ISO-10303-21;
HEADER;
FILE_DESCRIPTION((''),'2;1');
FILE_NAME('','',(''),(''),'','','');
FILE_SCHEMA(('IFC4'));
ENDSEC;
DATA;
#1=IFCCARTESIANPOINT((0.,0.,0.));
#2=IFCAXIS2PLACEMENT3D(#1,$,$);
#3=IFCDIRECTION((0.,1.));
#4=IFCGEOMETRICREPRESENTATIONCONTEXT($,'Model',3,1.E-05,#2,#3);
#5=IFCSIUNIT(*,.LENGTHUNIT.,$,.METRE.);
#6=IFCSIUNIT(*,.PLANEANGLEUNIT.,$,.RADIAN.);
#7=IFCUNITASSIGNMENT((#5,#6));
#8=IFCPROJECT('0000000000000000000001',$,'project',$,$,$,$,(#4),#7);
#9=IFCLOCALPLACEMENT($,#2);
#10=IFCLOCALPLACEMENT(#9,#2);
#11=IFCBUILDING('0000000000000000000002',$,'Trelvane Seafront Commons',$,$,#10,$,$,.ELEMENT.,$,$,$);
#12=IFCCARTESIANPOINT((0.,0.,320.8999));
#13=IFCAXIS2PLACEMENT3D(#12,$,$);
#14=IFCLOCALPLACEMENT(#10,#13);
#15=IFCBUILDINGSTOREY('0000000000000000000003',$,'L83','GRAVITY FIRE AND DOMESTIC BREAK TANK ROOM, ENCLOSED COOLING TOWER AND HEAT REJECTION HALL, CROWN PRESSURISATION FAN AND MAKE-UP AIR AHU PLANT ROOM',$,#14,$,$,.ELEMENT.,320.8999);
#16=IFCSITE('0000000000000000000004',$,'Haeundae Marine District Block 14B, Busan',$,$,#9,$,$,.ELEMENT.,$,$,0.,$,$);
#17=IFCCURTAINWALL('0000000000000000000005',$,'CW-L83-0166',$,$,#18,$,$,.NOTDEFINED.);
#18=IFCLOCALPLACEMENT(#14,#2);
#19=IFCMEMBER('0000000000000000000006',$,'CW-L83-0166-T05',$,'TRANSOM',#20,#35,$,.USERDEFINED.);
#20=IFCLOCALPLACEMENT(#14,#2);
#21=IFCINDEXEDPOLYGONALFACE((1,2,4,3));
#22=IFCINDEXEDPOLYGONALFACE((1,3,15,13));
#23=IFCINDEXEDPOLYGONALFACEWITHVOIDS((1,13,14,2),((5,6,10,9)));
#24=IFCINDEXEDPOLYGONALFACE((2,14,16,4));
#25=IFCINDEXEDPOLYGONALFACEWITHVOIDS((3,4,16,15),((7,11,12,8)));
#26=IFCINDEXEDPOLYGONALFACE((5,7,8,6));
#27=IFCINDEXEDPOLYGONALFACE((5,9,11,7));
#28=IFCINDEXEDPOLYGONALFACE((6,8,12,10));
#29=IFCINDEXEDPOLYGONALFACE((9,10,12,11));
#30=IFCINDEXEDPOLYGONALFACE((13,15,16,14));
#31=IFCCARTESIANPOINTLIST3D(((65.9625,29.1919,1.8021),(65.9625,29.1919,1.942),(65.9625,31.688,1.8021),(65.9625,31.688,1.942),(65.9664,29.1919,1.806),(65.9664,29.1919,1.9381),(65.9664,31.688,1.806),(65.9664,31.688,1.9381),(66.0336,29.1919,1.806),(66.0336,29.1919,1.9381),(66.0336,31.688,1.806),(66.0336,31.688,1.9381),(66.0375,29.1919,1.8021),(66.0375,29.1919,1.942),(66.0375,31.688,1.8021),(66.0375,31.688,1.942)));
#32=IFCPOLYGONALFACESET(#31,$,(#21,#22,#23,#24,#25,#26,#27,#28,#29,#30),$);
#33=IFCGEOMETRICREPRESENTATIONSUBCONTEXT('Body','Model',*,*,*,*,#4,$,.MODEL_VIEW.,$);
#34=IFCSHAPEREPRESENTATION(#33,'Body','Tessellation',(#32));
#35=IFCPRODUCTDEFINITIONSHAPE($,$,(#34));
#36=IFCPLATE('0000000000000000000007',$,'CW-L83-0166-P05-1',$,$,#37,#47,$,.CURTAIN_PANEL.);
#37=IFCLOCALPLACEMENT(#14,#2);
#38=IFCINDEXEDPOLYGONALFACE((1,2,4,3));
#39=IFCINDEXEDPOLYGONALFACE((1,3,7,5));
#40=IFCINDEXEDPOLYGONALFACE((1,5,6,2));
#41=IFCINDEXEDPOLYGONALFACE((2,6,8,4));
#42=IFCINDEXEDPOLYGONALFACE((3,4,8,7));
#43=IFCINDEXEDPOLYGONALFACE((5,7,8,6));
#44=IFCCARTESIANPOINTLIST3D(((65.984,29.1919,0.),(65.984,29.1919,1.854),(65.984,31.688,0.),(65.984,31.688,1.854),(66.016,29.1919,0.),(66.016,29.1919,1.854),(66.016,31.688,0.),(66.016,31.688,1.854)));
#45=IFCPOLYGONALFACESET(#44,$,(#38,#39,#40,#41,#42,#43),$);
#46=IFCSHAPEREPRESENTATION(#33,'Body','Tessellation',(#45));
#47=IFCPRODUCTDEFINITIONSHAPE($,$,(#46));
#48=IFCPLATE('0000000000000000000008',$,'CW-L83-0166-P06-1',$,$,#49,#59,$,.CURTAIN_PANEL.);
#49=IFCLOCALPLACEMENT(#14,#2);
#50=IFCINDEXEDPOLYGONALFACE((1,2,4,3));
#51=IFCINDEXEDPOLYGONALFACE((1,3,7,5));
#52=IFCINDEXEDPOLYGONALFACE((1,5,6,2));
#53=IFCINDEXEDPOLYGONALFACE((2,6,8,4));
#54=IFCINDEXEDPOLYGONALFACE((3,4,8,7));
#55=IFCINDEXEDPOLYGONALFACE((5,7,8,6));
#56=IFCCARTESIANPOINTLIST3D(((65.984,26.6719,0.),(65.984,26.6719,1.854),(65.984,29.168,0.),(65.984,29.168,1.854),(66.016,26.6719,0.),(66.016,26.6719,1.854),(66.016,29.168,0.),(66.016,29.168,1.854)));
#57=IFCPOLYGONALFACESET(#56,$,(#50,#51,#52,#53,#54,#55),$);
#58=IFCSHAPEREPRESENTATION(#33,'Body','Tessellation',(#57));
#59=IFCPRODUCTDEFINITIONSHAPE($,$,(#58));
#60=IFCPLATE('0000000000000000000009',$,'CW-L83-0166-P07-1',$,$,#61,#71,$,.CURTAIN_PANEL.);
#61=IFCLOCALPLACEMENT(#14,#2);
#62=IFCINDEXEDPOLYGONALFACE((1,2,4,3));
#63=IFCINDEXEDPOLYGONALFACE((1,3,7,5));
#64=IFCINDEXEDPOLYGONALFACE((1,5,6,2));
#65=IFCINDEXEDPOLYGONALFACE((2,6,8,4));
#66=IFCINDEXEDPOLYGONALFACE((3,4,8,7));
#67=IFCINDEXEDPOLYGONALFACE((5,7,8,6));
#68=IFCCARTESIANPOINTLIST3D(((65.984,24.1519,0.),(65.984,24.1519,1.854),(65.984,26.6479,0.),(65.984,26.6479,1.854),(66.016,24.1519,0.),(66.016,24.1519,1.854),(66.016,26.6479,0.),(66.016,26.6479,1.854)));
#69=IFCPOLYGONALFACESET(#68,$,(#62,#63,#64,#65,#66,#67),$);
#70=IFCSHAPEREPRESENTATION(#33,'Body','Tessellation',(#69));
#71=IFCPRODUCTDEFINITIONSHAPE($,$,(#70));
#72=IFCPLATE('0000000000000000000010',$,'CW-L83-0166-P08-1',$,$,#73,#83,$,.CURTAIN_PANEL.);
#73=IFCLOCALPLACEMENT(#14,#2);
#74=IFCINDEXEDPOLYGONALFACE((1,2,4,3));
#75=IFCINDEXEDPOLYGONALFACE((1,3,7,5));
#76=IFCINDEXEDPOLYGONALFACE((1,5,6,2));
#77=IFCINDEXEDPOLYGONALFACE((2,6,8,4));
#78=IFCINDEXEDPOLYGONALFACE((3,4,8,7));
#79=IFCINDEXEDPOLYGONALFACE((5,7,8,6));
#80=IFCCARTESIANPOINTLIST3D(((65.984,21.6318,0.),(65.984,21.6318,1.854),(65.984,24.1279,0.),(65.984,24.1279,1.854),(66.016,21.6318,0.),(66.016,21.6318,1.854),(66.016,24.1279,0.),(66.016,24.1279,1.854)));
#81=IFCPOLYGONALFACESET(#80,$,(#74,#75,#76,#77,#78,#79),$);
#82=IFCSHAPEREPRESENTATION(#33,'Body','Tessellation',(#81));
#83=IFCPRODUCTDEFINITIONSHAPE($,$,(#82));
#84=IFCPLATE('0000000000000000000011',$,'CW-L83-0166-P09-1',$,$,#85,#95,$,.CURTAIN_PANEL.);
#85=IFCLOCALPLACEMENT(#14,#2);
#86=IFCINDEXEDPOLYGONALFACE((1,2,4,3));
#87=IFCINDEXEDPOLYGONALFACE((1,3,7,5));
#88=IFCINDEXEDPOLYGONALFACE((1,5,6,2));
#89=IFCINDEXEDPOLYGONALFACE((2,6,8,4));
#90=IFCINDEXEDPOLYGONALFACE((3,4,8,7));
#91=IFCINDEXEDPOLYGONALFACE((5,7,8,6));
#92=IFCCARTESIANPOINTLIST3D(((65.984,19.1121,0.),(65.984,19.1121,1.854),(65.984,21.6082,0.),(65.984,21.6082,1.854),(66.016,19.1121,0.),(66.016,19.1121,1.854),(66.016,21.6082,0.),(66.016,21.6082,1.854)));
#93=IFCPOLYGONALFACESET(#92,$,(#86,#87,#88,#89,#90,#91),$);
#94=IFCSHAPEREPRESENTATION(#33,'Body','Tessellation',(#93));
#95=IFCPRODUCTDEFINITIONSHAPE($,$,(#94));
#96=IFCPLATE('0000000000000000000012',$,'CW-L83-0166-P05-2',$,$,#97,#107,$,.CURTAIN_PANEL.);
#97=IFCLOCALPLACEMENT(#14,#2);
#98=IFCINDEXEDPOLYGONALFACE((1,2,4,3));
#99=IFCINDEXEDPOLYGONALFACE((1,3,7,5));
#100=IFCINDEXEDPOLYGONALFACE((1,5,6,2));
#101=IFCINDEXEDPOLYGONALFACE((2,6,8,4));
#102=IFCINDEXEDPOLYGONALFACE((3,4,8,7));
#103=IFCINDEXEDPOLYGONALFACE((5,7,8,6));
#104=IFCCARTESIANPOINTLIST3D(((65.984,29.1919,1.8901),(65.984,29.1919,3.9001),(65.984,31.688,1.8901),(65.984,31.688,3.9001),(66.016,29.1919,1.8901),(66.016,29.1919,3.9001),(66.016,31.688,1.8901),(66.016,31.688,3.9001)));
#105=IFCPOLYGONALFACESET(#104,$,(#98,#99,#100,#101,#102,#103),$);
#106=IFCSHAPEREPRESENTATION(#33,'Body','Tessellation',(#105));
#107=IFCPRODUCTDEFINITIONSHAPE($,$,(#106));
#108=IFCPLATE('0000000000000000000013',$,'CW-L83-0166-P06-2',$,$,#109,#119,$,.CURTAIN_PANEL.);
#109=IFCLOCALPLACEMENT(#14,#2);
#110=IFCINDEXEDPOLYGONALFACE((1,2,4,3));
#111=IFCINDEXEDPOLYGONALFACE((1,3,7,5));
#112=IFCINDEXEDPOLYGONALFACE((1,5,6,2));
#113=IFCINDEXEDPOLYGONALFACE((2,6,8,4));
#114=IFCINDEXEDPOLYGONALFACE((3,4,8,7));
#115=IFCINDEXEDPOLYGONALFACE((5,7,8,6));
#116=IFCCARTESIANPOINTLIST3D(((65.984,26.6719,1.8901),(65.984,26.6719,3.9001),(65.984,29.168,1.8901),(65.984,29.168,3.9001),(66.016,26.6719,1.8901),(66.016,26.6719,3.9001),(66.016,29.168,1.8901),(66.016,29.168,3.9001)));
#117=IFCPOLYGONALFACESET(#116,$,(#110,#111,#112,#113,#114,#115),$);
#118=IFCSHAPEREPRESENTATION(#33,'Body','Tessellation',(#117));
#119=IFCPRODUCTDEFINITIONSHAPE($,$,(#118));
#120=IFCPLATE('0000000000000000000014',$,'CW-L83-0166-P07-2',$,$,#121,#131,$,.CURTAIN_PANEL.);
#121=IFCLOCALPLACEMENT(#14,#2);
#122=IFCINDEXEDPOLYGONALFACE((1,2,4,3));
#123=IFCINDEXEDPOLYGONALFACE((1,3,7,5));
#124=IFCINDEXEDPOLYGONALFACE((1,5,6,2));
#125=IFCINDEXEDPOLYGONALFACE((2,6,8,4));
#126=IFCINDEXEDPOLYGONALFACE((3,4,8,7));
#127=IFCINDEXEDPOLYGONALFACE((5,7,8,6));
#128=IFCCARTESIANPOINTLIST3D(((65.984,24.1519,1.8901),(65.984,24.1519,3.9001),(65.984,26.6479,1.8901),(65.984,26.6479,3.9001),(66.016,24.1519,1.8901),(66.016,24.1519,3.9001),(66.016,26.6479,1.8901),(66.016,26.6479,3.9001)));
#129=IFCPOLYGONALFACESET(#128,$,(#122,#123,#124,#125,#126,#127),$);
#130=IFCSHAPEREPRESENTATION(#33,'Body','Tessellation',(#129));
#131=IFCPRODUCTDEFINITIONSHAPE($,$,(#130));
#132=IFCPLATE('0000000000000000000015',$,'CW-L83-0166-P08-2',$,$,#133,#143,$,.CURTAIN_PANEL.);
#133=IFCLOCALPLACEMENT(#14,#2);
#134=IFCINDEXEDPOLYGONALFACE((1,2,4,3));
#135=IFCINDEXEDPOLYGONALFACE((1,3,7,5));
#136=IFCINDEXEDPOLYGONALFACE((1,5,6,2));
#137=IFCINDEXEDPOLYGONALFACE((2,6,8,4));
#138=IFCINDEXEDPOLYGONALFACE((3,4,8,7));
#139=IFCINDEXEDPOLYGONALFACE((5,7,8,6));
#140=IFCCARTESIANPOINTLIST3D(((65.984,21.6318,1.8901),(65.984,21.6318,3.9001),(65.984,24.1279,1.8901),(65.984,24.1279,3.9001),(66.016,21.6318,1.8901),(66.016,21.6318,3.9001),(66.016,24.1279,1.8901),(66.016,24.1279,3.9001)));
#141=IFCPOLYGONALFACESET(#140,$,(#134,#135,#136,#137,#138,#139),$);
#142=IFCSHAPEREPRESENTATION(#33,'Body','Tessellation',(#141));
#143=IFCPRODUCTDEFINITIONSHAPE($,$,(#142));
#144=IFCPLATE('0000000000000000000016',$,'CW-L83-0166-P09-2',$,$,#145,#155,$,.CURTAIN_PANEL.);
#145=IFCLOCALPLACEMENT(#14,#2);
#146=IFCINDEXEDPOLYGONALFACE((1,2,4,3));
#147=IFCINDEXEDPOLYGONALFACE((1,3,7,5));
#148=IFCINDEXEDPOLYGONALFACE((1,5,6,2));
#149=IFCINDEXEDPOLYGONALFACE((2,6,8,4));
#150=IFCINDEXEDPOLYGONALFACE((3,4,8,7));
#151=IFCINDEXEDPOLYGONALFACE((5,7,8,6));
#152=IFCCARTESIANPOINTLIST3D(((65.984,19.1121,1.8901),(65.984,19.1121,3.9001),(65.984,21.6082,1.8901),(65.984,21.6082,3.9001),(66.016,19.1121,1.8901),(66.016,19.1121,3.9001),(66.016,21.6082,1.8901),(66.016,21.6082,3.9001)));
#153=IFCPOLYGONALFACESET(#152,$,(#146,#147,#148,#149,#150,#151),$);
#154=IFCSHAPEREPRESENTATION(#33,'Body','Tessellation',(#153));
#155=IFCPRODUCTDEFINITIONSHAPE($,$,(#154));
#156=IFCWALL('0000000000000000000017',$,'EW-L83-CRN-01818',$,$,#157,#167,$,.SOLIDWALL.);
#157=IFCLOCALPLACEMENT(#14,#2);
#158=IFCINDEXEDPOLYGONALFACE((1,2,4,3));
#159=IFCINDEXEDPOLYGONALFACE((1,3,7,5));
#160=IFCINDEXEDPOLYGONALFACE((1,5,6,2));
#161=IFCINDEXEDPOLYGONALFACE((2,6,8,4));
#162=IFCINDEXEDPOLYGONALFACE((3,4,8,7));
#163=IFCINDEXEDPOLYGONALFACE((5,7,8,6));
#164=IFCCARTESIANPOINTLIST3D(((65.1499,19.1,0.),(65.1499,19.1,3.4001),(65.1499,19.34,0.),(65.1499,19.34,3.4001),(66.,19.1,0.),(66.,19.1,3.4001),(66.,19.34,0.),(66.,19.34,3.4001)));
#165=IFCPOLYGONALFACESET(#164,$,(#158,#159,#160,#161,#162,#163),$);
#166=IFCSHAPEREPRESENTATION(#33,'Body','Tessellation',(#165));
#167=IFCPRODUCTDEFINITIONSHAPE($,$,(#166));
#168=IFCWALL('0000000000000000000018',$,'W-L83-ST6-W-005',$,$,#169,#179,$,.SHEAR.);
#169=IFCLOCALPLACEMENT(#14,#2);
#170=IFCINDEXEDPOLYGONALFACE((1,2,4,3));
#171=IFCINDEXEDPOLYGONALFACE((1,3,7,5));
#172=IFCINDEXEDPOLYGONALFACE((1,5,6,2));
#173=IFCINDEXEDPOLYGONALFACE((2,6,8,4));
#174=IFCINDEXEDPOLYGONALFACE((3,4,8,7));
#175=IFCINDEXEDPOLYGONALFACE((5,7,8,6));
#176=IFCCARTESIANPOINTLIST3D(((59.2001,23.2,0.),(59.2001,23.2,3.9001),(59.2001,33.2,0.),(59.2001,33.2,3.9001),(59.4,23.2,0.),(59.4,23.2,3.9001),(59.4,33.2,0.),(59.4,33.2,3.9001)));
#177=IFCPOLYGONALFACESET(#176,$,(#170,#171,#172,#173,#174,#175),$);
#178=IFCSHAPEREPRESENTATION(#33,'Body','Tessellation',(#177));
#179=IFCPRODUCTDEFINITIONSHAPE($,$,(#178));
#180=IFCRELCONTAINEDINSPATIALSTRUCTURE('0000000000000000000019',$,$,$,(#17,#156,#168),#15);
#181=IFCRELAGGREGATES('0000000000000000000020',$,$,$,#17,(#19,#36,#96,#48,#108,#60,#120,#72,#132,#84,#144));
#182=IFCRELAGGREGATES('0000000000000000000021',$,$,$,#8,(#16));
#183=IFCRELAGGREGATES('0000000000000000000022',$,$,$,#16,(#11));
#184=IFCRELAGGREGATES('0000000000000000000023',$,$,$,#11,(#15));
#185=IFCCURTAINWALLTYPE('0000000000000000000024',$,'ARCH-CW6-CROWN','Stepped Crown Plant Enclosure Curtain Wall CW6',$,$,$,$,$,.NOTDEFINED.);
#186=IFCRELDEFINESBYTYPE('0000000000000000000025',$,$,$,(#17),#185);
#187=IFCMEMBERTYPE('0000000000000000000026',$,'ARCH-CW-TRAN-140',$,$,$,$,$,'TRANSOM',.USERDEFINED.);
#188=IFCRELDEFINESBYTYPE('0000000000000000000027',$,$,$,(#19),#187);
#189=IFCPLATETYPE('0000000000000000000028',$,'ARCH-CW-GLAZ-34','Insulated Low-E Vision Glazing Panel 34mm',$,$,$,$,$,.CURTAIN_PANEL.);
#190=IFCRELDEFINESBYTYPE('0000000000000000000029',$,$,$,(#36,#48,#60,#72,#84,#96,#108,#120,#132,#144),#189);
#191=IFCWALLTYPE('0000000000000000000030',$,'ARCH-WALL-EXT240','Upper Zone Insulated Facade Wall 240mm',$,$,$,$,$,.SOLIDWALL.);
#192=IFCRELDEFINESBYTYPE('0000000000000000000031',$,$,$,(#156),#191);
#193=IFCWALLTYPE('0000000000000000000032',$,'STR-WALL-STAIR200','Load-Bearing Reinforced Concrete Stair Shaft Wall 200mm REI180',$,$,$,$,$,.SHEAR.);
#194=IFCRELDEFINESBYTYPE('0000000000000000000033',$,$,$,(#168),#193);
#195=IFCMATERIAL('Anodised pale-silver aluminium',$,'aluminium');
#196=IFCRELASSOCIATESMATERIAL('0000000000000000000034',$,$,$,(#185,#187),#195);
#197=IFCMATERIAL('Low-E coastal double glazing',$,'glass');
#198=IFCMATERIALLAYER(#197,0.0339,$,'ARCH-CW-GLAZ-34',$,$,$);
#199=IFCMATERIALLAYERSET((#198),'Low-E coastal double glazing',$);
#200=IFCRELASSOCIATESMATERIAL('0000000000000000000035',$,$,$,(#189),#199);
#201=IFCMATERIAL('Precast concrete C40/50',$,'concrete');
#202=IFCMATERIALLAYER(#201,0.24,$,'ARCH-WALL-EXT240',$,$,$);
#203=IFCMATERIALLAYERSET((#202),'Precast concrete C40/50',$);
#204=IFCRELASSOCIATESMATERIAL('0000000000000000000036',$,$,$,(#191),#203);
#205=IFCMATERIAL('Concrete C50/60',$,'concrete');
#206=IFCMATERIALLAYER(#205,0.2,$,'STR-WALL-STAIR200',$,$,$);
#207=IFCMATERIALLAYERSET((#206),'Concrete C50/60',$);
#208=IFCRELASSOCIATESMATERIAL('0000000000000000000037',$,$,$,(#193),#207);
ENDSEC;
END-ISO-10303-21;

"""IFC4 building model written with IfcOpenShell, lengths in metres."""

from ifc_helpers import new_model, si_unit, direction, frame, frame_2d, origin, origin_2d, place, context, subcontext, project, spatial, rectangle, hollow_rectangle, extrude, source, transform, mapped, material, layer, layer_set, material_profile, profile_set, type_object, element, aggregate, save


model = new_model("IFC4")

# Units and contexts
model_context = context("Model", 3, precision=1e-05, world=origin(), true_north=direction((0.0, 1.0)))
body_context = subcontext(model_context, "Body", "Model", "MODEL_VIEW")
ifc_project = project(units=[si_unit("LENGTHUNIT", "METRE"), si_unit("PLANEANGLEUNIT", "RADIAN")], contexts=[model_context])

# Site, building, storey
site_placement = place(None, origin())
site = spatial("IfcSite", under=ifc_project, at=site_placement, Name="Haeundae Marine District Block 14B, Busan", CompositionType="ELEMENT", RefElevation=0.0)
building_placement = place(site_placement, origin())
building = spatial("IfcBuilding", under=site, at=building_placement, Name="Trelvane Seafront Commons", CompositionType="ELEMENT")
storey_placement = place(building_placement, frame((0.0, 0.0, 320.8999)))
storey = spatial("IfcBuildingStorey", under=building, at=storey_placement, Name="L83", Description="GRAVITY FIRE AND DOMESTIC BREAK TANK ROOM, ENCLOSED COOLING TOWER AND HEAT REJECTION HALL, CROWN PRESSURISATION FAN AND MAKE-UP AIR AHU PLANT ROOM", CompositionType="ELEMENT", Elevation=320.8999)

# Curtain wall, member, plates
ifc_material_1 = material(Name="Anodised pale-silver aluminium", Category="aluminium")
curtain_wall_type = type_object("IfcCurtainWallType", Name="ARCH-CW6-CROWN", Description="Stepped Crown Plant Enclosure Curtain Wall CW6", PredefinedType="NOTDEFINED", material=ifc_material_1)
curtain_wall_placement = place(storey_placement, origin())
curtain_wall = element("IfcCurtainWall", 1, at=curtain_wall_placement, inside=storey, type_object=curtain_wall_type, Name="CW-L83-0166", PredefinedType="NOTDEFINED")
ifc_material_profile_1 = material_profile(ifc_material_1, hollow_rectangle(XDim=0.075, YDim=0.1399, WallThickness=0.0039, at=origin_2d()), Name="TRAN-75x140x4")
ifc_profile_set_1 = profile_set([ifc_material_profile_1], Name="Anodised pale-silver aluminium")
member_type_1 = type_object("IfcMemberType", Name="ARCH-CW-TRAN-140", ElementType="TRANSOM", PredefinedType="USERDEFINED", material=ifc_profile_set_1)
shared_shape_1 = source(origin(), body_context, "Body", "SweptSolid", [
    extrude(hollow_rectangle(XDim=0.075, YDim=0.1399, WallThickness=0.0039, at=origin_2d()), origin(), (0.0, 0.0, 1.0), 2.4961),
])
member_1_placement = place(storey_placement, frame((66.0, 31.688, 1.8721), z_axis=(0.0, -1.0, 0.0), x_axis=(1.0, 0.0, 0.0)))
member_1 = element("IfcMember", 2, at=member_1_placement, type_object=member_type_1, Name="CW-L83-0166-T05", ObjectType="TRANSOM", PredefinedType="USERDEFINED", context=body_context, shape_type="MappedRepresentation", body=[
    mapped(shared_shape_1, transform((0.0, 0.0, 0.0), x_axis=(1.0, 0.0, 0.0), y_axis=(0.0, 1.0, 0.0), z_axis=(0.0, 0.0, 1.0), scale=1.0)),
])
ifc_material_2 = material(Name="Low-E coastal double glazing", Category="glass")
ifc_layer_1 = layer(ifc_material_2, 0.0339, Name="ARCH-CW-GLAZ-34")
ifc_layer_set_1 = layer_set([ifc_layer_1], Name="Low-E coastal double glazing")
plate_type = type_object("IfcPlateType", Name="ARCH-CW-GLAZ-34", Description="Insulated Low-E Vision Glazing Panel 34mm", PredefinedType="CURTAIN_PANEL", material=ifc_layer_set_1)
shared_shape_2 = source(origin(), body_context, "Body", "SweptSolid", [
    extrude(rectangle(XDim=2.4961, YDim=0.032, at=origin_2d()), origin(), (0.0, 0.0, 1.0), 1.854),
])
plate_1_placement = place(storey_placement, frame((66.0, 30.4399, 0.0), z_axis=(0.0, 0.0, 1.0), x_axis=(0.0, -1.0, 0.0)))
plate_1 = element("IfcPlate", 3, at=plate_1_placement, type_object=plate_type, Name="CW-L83-0166-P05-1", PredefinedType="CURTAIN_PANEL", context=body_context, shape_type="MappedRepresentation", body=[
    mapped(shared_shape_2, transform((0.0, 0.0, 0.0), x_axis=(1.0, 0.0, 0.0), y_axis=(0.0, 1.0, 0.0), z_axis=(0.0, 0.0, 1.0), scale=1.0)),
])
plate_2_placement = place(storey_placement, frame((66.0, 27.9199, 0.0), z_axis=(0.0, 0.0, 1.0), x_axis=(0.0, -1.0, 0.0)))
plate_2 = element("IfcPlate", 4, at=plate_2_placement, type_object=plate_type, Name="CW-L83-0166-P06-1", PredefinedType="CURTAIN_PANEL", context=body_context, shape_type="MappedRepresentation", body=[
    mapped(shared_shape_2, transform((0.0, 0.0, 0.0), x_axis=(1.0, 0.0, 0.0), y_axis=(0.0, 1.0, 0.0), z_axis=(0.0, 0.0, 1.0), scale=1.0)),
])
plate_3_placement = place(storey_placement, frame((66.0, 25.3999, 0.0), z_axis=(0.0, 0.0, 1.0), x_axis=(0.0, -1.0, 0.0)))
plate_3 = element("IfcPlate", 5, at=plate_3_placement, type_object=plate_type, Name="CW-L83-0166-P07-1", PredefinedType="CURTAIN_PANEL", context=body_context, shape_type="MappedRepresentation", body=[
    mapped(shared_shape_2, transform((0.0, 0.0, 0.0), x_axis=(1.0, 0.0, 0.0), y_axis=(0.0, 1.0, 0.0), z_axis=(0.0, 0.0, 1.0), scale=1.0)),
])
plate_4_placement = place(storey_placement, frame((66.0, 22.8799, 0.0), z_axis=(0.0, 0.0, 1.0), x_axis=(0.0, -1.0, 0.0)))
plate_4 = element("IfcPlate", 6, at=plate_4_placement, type_object=plate_type, Name="CW-L83-0166-P08-1", PredefinedType="CURTAIN_PANEL", context=body_context, shape_type="MappedRepresentation", body=[
    mapped(shared_shape_2, transform((0.0, 0.0, 0.0), x_axis=(1.0, 0.0, 0.0), y_axis=(0.0, 1.0, 0.0), z_axis=(0.0, 0.0, 1.0), scale=1.0)),
])
plate_5_placement = place(storey_placement, frame((66.0, 20.3601, 0.0), z_axis=(0.0, 0.0, 1.0), x_axis=(0.0, -1.0, 0.0)))
plate_5 = element("IfcPlate", 7, at=plate_5_placement, type_object=plate_type, Name="CW-L83-0166-P09-1", PredefinedType="CURTAIN_PANEL", context=body_context, shape_type="MappedRepresentation", body=[
    mapped(shared_shape_2, transform((0.0, 0.0, 0.0), x_axis=(1.0, 0.0, 0.0), y_axis=(0.0, 1.0, 0.0), z_axis=(0.0, 0.0, 1.0), scale=1.0)),
])
shared_shape_3 = source(origin(), body_context, "Body", "SweptSolid", [
    extrude(rectangle(XDim=2.4961, YDim=0.032, at=origin_2d()), origin(), (0.0, 0.0, 1.0), 2.01),
])
plate_6_placement = place(storey_placement, frame((66.0, 30.4399, 1.8901), z_axis=(0.0, 0.0, 1.0), x_axis=(0.0, -1.0, 0.0)))
plate_6 = element("IfcPlate", 8, at=plate_6_placement, type_object=plate_type, Name="CW-L83-0166-P05-2", PredefinedType="CURTAIN_PANEL", context=body_context, shape_type="MappedRepresentation", body=[
    mapped(shared_shape_3, transform((0.0, 0.0, 0.0), x_axis=(1.0, 0.0, 0.0), y_axis=(0.0, 1.0, 0.0), z_axis=(0.0, 0.0, 1.0), scale=1.0)),
])
plate_7_placement = place(storey_placement, frame((66.0, 27.9199, 1.8901), z_axis=(0.0, 0.0, 1.0), x_axis=(0.0, -1.0, 0.0)))
plate_7 = element("IfcPlate", 9, at=plate_7_placement, type_object=plate_type, Name="CW-L83-0166-P06-2", PredefinedType="CURTAIN_PANEL", context=body_context, shape_type="MappedRepresentation", body=[
    mapped(shared_shape_3, transform((0.0, 0.0, 0.0), x_axis=(1.0, 0.0, 0.0), y_axis=(0.0, 1.0, 0.0), z_axis=(0.0, 0.0, 1.0), scale=1.0)),
])
plate_8_placement = place(storey_placement, frame((66.0, 25.3999, 1.8901), z_axis=(0.0, 0.0, 1.0), x_axis=(0.0, -1.0, 0.0)))
plate_8 = element("IfcPlate", 10, at=plate_8_placement, type_object=plate_type, Name="CW-L83-0166-P07-2", PredefinedType="CURTAIN_PANEL", context=body_context, shape_type="MappedRepresentation", body=[
    mapped(shared_shape_3, transform((0.0, 0.0, 0.0), x_axis=(1.0, 0.0, 0.0), y_axis=(0.0, 1.0, 0.0), z_axis=(0.0, 0.0, 1.0), scale=1.0)),
])
plate_9_placement = place(storey_placement, frame((66.0, 22.8799, 1.8901), z_axis=(0.0, 0.0, 1.0), x_axis=(0.0, -1.0, 0.0)))
plate_9 = element("IfcPlate", 11, at=plate_9_placement, type_object=plate_type, Name="CW-L83-0166-P08-2", PredefinedType="CURTAIN_PANEL", context=body_context, shape_type="MappedRepresentation", body=[
    mapped(shared_shape_3, transform((0.0, 0.0, 0.0), x_axis=(1.0, 0.0, 0.0), y_axis=(0.0, 1.0, 0.0), z_axis=(0.0, 0.0, 1.0), scale=1.0)),
])
plate_10_placement = place(storey_placement, frame((66.0, 20.3601, 1.8901), z_axis=(0.0, 0.0, 1.0), x_axis=(0.0, -1.0, 0.0)))
plate_10 = element("IfcPlate", 12, at=plate_10_placement, type_object=plate_type, Name="CW-L83-0166-P09-2", PredefinedType="CURTAIN_PANEL", context=body_context, shape_type="MappedRepresentation", body=[
    mapped(shared_shape_3, transform((0.0, 0.0, 0.0), x_axis=(1.0, 0.0, 0.0), y_axis=(0.0, 1.0, 0.0), z_axis=(0.0, 0.0, 1.0), scale=1.0)),
])
aggregate(curtain_wall, [member_1, plate_1, plate_6, plate_2, plate_7, plate_3, plate_8, plate_4, plate_9, plate_5, plate_10])

# Wall
ifc_material_3 = material(Name="Precast concrete C40/50", Category="concrete")
ifc_layer_2 = layer(ifc_material_3, 0.24, Name="ARCH-WALL-EXT240")
ifc_layer_set_2 = layer_set([ifc_layer_2], Name="Precast concrete C40/50")
wall_type_1 = type_object("IfcWallType", Name="ARCH-WALL-EXT240", Description="Upper Zone Insulated Facade Wall 240mm", PredefinedType="SOLIDWALL", material=ifc_layer_set_2)
wall_1_placement = place(storey_placement, frame((66.0, 19.22, 0.0), z_axis=(0.0, 0.0, 1.0), x_axis=(-1.0, 0.0, 0.0)))
element("IfcWall", 13, at=wall_1_placement, inside=storey, type_object=wall_type_1, Name="EW-L83-CRN-01818", PredefinedType="SOLIDWALL", context=body_context, shape_type="SweptSolid", body=[
    extrude(rectangle(XDim=0.8501, YDim=0.24, at=frame_2d((0.425, 0.0))), origin(), (0.0, 0.0, 1.0), 3.4001),
])

# Wall
ifc_material_4 = material(Name="Concrete C50/60", Category="concrete")
ifc_layer_3 = layer(ifc_material_4, 0.2, Name="STR-WALL-STAIR200")
ifc_layer_set_3 = layer_set([ifc_layer_3], Name="Concrete C50/60")
wall_type_2 = type_object("IfcWallType", Name="STR-WALL-STAIR200", Description="Load-Bearing Reinforced Concrete Stair Shaft Wall 200mm REI180", PredefinedType="SHEAR", material=ifc_layer_set_3)
for number, where, z_axis, x_axis, name in (
    (14, (59.3, 23.2, 0.0), (0.0, 0.0, 1.0), (0.0, 1.0, 0.0), "W-L83-ST6-W-005"),
):
    element("IfcWall", number, at=place(storey_placement, frame(where, z_axis=z_axis, x_axis=x_axis)), inside=storey, type_object=wall_type_2, Name=name, PredefinedType="SHEAR", context=body_context, shape_type="SweptSolid", body=[
        extrude(rectangle(XDim=10.0, YDim=0.2, at=frame_2d((5.0, 0.0))), origin(), (0.0, 0.0, 1.0), 3.9001),
    ])

save(model, "model.ifc")
